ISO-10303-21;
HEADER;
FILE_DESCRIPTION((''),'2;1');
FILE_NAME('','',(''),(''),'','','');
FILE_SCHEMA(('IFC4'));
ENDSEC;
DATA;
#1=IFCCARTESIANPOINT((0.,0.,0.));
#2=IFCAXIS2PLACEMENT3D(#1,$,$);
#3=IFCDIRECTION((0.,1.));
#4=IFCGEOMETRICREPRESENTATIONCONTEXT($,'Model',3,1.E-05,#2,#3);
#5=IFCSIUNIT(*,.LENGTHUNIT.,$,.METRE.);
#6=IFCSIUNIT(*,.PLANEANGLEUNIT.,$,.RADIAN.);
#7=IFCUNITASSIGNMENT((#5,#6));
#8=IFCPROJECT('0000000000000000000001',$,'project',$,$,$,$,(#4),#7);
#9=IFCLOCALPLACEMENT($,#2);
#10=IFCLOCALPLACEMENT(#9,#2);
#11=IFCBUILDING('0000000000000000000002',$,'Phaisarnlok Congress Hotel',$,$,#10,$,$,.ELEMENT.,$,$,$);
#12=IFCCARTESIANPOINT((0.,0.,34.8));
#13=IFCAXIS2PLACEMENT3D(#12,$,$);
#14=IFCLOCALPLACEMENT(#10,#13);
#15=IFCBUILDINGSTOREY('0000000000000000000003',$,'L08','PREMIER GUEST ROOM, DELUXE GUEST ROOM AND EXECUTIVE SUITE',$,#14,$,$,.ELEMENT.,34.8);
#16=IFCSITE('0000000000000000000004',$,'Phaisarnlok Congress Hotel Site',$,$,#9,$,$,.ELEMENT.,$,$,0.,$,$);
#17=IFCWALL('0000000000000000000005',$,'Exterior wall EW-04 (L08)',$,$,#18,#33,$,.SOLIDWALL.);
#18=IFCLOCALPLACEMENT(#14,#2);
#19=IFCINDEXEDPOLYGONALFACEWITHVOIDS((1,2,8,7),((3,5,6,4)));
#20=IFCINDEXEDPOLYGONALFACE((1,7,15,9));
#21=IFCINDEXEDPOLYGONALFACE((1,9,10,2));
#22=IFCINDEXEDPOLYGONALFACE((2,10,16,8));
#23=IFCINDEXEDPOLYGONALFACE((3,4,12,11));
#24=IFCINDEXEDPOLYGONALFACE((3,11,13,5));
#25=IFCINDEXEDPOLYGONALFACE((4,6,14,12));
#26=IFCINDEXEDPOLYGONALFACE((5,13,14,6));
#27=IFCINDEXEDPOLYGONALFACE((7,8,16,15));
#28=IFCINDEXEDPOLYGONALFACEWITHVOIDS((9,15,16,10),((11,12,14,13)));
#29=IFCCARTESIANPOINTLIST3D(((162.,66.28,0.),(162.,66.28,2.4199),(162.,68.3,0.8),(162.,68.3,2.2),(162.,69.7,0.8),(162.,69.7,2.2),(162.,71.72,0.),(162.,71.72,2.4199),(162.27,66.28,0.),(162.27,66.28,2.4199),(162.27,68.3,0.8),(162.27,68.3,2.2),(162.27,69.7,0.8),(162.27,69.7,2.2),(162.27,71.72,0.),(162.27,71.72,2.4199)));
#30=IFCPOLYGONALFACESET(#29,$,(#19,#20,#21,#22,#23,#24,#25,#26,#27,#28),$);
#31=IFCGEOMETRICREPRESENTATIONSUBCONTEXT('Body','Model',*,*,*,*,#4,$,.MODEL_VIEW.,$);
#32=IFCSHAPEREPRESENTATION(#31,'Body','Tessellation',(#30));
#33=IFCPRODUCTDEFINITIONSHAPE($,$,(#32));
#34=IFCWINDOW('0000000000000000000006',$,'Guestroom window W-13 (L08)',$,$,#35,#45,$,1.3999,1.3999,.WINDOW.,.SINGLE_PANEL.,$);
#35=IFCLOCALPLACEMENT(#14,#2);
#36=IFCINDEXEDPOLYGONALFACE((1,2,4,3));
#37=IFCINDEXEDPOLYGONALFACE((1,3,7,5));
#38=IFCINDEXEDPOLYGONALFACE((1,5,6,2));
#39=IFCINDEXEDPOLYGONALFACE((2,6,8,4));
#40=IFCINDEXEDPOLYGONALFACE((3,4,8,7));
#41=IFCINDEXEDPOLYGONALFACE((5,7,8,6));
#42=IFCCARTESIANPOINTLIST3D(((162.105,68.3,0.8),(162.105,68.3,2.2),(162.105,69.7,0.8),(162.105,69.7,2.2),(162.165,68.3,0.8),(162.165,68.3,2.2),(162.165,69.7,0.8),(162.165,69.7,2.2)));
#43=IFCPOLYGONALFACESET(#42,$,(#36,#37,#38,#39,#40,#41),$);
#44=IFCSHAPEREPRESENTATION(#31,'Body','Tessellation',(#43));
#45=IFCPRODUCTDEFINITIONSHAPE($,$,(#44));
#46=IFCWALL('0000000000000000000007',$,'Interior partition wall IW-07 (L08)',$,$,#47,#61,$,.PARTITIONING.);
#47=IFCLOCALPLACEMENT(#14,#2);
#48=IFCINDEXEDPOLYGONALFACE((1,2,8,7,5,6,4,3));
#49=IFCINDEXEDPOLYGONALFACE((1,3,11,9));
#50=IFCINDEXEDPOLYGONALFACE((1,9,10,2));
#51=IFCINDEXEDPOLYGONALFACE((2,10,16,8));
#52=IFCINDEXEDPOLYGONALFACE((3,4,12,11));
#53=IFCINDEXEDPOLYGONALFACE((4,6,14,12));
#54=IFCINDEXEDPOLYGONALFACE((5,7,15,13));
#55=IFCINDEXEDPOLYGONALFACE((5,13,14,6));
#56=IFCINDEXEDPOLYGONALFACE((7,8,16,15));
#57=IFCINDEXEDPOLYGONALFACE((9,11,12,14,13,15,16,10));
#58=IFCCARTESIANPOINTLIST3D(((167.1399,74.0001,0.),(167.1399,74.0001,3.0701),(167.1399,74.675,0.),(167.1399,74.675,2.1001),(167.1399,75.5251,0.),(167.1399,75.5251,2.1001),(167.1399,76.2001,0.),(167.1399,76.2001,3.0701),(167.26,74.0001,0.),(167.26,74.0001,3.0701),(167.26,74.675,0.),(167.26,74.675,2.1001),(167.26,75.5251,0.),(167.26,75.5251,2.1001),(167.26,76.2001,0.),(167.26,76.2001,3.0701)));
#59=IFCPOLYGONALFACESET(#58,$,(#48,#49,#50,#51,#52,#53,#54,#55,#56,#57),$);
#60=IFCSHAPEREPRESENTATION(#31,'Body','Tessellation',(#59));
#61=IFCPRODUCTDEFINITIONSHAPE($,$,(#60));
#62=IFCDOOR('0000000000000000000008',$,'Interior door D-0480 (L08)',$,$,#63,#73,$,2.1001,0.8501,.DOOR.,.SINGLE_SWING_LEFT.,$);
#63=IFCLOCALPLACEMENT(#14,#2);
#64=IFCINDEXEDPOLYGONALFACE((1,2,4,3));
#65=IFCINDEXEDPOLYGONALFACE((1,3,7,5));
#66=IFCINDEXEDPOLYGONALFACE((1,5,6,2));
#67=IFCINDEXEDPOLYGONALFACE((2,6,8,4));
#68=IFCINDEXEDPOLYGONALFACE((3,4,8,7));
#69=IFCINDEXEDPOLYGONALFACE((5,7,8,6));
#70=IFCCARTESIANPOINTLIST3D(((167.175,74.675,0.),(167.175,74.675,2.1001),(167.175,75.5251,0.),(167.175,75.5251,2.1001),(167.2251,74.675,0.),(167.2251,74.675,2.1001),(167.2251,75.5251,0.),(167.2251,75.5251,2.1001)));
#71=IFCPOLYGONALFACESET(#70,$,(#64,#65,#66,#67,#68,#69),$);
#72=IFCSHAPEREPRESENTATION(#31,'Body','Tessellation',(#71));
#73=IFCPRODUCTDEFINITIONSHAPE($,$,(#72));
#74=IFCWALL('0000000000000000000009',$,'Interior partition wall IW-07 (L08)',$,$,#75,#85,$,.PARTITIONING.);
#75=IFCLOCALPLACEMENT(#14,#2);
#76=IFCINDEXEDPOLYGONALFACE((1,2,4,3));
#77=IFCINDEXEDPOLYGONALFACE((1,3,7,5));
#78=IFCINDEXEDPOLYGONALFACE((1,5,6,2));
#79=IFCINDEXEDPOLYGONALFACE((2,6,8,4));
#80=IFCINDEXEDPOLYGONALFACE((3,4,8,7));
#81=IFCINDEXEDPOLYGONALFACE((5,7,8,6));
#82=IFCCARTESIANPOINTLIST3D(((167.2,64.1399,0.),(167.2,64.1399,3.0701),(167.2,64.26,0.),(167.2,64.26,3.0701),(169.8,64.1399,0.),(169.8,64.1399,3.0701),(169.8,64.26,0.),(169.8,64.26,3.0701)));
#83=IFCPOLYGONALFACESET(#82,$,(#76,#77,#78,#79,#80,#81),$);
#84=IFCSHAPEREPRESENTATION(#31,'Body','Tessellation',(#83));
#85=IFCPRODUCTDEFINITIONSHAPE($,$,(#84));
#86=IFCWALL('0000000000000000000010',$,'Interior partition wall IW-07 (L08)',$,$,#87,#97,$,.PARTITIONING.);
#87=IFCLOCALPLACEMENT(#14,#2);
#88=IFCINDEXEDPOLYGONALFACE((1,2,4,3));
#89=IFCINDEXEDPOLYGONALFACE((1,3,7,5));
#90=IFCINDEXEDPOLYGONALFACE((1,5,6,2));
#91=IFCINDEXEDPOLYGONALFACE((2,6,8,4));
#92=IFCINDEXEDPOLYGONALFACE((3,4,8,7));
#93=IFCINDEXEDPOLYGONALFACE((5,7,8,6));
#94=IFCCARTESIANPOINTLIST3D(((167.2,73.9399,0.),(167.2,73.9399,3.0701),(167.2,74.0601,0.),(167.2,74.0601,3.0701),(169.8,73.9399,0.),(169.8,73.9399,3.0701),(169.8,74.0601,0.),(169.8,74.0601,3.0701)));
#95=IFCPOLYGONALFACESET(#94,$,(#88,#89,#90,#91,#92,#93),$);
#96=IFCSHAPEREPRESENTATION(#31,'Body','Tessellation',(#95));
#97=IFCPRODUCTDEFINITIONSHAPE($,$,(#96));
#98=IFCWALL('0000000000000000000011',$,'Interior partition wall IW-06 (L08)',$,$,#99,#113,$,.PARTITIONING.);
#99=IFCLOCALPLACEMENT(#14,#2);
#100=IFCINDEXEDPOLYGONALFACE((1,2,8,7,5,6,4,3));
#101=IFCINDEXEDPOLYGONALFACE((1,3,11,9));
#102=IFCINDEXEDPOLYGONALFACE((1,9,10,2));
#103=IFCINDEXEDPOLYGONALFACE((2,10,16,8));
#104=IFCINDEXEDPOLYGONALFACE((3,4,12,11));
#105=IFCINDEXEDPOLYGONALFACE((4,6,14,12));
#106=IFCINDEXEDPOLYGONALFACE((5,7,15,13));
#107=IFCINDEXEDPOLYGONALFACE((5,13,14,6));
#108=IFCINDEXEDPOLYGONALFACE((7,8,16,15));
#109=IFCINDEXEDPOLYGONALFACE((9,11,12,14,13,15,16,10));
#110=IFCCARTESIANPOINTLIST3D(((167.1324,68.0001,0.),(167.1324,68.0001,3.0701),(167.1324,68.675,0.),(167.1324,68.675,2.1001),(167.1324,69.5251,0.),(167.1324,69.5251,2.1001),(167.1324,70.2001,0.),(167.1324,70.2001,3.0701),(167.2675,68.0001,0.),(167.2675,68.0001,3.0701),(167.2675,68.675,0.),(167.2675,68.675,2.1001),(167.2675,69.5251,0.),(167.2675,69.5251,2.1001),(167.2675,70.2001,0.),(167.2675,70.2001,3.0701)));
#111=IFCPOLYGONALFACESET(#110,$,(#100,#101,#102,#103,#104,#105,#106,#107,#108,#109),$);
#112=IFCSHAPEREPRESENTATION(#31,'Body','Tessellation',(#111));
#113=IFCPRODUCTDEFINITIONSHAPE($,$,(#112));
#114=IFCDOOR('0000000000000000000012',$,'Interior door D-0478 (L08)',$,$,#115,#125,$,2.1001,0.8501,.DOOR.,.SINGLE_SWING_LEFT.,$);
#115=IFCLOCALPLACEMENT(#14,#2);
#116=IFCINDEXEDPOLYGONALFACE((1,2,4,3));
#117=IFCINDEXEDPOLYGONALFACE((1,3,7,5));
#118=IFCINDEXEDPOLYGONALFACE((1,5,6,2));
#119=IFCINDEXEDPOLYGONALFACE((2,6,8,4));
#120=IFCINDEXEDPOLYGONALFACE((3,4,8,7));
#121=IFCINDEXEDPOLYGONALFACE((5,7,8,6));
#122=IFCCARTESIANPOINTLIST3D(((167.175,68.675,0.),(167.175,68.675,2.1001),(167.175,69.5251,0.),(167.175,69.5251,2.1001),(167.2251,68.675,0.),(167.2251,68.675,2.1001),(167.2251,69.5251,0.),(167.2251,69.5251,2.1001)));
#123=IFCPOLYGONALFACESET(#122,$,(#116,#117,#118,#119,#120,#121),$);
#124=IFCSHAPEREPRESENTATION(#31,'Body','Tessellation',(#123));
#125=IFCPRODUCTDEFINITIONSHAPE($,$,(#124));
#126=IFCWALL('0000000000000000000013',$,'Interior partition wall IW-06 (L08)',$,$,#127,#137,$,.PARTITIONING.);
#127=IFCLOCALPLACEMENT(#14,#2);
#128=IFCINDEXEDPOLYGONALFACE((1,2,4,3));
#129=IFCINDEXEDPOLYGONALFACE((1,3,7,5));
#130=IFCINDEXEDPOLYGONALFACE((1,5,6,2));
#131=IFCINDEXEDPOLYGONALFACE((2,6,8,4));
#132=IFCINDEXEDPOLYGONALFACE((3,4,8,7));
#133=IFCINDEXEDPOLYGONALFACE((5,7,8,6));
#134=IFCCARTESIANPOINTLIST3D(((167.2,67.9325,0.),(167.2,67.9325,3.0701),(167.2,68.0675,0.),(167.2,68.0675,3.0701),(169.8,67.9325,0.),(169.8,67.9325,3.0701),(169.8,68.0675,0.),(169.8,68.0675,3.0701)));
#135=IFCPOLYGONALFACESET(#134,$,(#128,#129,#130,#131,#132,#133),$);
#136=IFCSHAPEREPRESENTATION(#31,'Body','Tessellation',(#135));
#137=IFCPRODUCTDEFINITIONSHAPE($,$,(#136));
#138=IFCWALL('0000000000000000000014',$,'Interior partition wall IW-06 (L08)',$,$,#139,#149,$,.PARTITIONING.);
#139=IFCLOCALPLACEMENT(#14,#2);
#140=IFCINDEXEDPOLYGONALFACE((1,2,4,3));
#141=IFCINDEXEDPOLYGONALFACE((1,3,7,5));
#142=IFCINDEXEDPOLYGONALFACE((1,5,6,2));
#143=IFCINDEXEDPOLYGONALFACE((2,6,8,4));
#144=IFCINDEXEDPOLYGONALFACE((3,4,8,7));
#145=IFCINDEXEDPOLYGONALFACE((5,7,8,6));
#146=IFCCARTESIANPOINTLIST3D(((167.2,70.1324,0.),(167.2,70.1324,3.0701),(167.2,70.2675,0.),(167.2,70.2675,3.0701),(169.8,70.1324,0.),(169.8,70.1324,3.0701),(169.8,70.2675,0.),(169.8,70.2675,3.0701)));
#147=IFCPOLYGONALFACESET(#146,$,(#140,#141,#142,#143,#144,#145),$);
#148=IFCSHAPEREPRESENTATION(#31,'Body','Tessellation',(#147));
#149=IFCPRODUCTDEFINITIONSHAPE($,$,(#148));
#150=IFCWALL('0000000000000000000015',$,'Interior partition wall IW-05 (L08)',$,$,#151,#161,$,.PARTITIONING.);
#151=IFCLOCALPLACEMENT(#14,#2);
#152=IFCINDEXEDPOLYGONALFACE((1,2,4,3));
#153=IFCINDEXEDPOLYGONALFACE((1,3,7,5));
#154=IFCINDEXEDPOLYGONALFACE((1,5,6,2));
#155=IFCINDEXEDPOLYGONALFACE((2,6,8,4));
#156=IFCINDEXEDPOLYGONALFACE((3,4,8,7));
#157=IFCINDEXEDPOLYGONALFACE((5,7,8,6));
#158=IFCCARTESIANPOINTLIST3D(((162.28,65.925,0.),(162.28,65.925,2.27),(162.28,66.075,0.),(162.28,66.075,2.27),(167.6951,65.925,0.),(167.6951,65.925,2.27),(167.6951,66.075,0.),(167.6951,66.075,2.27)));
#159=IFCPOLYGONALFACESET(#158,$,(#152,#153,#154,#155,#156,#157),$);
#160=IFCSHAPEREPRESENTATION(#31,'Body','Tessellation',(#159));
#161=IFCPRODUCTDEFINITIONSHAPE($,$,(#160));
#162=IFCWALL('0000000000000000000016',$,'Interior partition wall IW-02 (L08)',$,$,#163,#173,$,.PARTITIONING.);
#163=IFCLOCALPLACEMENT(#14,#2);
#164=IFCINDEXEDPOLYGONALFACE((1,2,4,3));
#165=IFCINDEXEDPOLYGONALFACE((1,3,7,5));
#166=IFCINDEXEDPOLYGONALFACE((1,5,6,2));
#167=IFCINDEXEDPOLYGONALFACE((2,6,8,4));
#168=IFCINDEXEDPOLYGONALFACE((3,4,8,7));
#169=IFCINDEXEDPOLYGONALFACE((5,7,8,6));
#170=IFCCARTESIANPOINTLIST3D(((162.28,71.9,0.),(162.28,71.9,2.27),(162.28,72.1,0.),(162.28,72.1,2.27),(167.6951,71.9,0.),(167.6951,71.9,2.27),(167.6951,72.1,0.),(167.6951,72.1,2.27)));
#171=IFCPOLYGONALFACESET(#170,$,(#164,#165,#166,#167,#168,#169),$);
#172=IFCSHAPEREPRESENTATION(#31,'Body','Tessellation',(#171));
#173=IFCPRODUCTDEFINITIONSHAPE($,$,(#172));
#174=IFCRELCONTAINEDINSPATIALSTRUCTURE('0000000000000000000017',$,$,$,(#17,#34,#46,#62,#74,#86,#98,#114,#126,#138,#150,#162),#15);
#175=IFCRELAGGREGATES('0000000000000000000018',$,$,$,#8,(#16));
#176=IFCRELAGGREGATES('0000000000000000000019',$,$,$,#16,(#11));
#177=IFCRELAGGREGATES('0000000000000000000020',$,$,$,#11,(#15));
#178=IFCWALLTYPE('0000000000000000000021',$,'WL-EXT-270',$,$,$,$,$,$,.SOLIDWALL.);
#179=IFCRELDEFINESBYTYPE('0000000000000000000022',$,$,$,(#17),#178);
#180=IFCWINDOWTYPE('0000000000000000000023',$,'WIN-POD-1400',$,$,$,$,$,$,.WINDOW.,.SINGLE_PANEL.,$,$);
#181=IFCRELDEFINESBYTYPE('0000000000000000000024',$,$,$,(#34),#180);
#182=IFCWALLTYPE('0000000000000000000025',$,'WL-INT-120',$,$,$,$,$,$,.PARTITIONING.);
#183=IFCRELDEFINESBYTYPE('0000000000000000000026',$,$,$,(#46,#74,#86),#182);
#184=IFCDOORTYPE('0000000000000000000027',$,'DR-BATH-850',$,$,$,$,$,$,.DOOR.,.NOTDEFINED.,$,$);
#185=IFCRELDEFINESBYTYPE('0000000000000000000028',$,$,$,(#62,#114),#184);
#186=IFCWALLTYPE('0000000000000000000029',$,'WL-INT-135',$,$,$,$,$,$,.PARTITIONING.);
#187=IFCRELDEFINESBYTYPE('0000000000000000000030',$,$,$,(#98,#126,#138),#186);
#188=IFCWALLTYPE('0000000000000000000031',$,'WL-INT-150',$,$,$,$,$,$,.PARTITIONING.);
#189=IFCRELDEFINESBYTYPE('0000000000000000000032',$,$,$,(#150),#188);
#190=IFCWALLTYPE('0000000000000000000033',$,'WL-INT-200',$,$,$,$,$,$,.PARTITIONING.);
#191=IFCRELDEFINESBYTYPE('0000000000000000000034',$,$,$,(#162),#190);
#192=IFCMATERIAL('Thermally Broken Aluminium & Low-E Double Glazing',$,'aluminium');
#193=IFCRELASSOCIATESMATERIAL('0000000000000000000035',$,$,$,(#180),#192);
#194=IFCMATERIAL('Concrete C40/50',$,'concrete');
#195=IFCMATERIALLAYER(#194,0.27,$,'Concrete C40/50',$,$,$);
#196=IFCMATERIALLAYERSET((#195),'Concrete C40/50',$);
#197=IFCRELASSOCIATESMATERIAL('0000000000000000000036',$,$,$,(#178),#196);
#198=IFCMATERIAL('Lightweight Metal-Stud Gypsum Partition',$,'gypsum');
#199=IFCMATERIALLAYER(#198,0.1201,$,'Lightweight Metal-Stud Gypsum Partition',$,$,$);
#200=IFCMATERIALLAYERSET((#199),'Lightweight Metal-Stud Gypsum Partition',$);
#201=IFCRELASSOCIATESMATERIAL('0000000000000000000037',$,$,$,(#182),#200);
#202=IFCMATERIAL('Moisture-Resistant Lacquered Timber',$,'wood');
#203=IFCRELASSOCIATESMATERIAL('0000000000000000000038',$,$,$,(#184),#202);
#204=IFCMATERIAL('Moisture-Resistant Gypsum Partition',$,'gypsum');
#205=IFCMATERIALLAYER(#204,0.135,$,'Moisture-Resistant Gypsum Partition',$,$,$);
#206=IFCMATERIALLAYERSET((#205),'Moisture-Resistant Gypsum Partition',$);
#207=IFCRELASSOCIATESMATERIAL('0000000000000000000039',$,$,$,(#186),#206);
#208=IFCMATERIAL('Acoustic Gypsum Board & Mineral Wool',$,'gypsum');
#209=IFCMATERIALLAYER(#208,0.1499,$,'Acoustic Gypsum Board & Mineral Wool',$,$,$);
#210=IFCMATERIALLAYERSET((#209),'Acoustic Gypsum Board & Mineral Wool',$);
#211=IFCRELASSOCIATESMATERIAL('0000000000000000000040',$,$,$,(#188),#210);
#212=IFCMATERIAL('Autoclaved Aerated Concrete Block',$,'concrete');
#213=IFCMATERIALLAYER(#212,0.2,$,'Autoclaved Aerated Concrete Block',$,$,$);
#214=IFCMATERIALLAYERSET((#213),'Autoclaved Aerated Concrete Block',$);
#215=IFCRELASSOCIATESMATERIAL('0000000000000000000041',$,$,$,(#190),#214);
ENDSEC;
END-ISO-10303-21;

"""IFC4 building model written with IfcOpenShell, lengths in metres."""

from ifc_helpers import new_model, si_unit, direction, frame, frame_2d, origin, place, context, subcontext, project, spatial, rectangle, extrude, material, layer, layer_set, type_object, element, fill, save


model = new_model("IFC4")

# Units and contexts
model_context = context("Model", 3, precision=1e-05, world=origin(), true_north=direction((0.0, 1.0)))
body_context = subcontext(model_context, "Body", "Model", "MODEL_VIEW")
ifc_project = project(units=[si_unit("LENGTHUNIT", "METRE"), si_unit("PLANEANGLEUNIT", "RADIAN")], contexts=[model_context])

# Site, building, storey
site_placement = place(None, origin())
site = spatial("IfcSite", under=ifc_project, at=site_placement, Name="Phaisarnlok Congress Hotel Site", CompositionType="ELEMENT", RefElevation=0.0)
building_placement = place(site_placement, origin())
building = spatial("IfcBuilding", under=site, at=building_placement, Name="Phaisarnlok Congress Hotel", CompositionType="ELEMENT")
storey_placement = place(building_placement, frame((0.0, 0.0, 34.8)))
storey = spatial("IfcBuildingStorey", under=building, at=storey_placement, Name="L08", Description="PREMIER GUEST ROOM, DELUXE GUEST ROOM AND EXECUTIVE SUITE", CompositionType="ELEMENT", Elevation=34.8)

# Shared definitions
ifc_material_1 = material(Name="Concrete C40/50", Category="concrete")

# Wall, opening, window
ifc_material_2 = material(Name="Thermally Broken Aluminium & Low-E Double Glazing", Category="aluminium")
window_type = type_object("IfcWindowType", Name="WIN-POD-1400", PartitioningType="SINGLE_PANEL", PredefinedType="WINDOW", material=ifc_material_2)
ifc_layer_1 = layer(ifc_material_1, 0.27, Name="Concrete C40/50")
ifc_layer_set_1 = layer_set([ifc_layer_1], Name="Concrete C40/50")
wall_type_1 = type_object("IfcWallType", Name="WL-EXT-270", PredefinedType="SOLIDWALL", material=ifc_layer_set_1)
wall_1_placement = place(storey_placement, frame((162.135, 71.72, 0.0), z_axis=(0.0, 0.0, 1.0), x_axis=(0.0, -1.0, 0.0)))
wall_1 = element("IfcWall", 1, at=wall_1_placement, inside=storey, type_object=wall_type_1, Name="Exterior wall EW-04 (L08)", PredefinedType="SOLIDWALL", context=body_context, shape_type="SweptSolid", body=[
    extrude(rectangle(XDim=5.4399, YDim=0.27, at=frame_2d((2.72, 0.0))), origin(), (0.0, 0.0, 1.0), 2.4199),
])
opening_1_placement = place(wall_1_placement, frame((2.02, 0.0, 0.8)))
opening_1 = element("IfcOpeningElement", 2, at=opening_1_placement, cuts=wall_1, PredefinedType="OPENING", context=body_context, shape_type="SweptSolid", body=[
    extrude(rectangle(XDim=1.3999, YDim=1.3999, at=frame_2d((0.7, 0.7))), frame((0.0, 0.145, 0.0), z_axis=(0.0, -1.0, 0.0), x_axis=(1.0, 0.0, 0.0)), (0.0, 0.0, 1.0), 0.29),
])
window_1_placement = place(opening_1_placement, origin())
window_1 = element("IfcWindow", 3, at=window_1_placement, inside=storey, type_object=window_type, Name="Guestroom window W-13 (L08)", OverallHeight=1.3999, OverallWidth=1.3999, PartitioningType="SINGLE_PANEL", PredefinedType="WINDOW", context=body_context, shape_type="SweptSolid", body=[
    extrude(rectangle(XDim=1.3999, YDim=1.3999, at=frame_2d((0.7, 0.7))), frame((0.0, 0.03, 0.0), z_axis=(0.0, -1.0, 0.0), x_axis=(1.0, 0.0, 0.0)), (0.0, 0.0, 1.0), 0.0601),
])
fill(opening_1, window_1)

# Wall, opening, door
ifc_material_3 = material(Name="Lightweight Metal-Stud Gypsum Partition", Category="gypsum")
ifc_layer_2 = layer(ifc_material_3, 0.1201, Name="Lightweight Metal-Stud Gypsum Partition")
ifc_layer_set_2 = layer_set([ifc_layer_2], Name="Lightweight Metal-Stud Gypsum Partition")
wall_type_2 = type_object("IfcWallType", Name="WL-INT-120", PredefinedType="PARTITIONING", material=ifc_layer_set_2)
wall_2_placement = place(storey_placement, frame((167.2, 74.0, 0.0), z_axis=(0.0, 0.0, 1.0), x_axis=(0.0, 1.0, 0.0)))
wall_2 = element("IfcWall", 4, at=wall_2_placement, inside=storey, type_object=wall_type_2, Name="Interior partition wall IW-07 (L08)", PredefinedType="PARTITIONING", context=body_context, shape_type="SweptSolid", body=[
    extrude(rectangle(XDim=2.2, YDim=0.1201, at=frame_2d((1.1001, 0.0))), origin(), (0.0, 0.0, 1.0), 3.0701),
])
opening_2_placement = place(wall_2_placement, frame((0.675, 0.0, 0.0)))
opening_2 = element("IfcOpeningElement", 5, at=opening_2_placement, cuts=wall_2, PredefinedType="OPENING", context=body_context, shape_type="SweptSolid", body=[
    extrude(rectangle(XDim=0.8501, YDim=2.1001, at=frame_2d((0.425, 1.05))), frame((0.0, 0.0701, 0.0), z_axis=(0.0, -1.0, 0.0), x_axis=(1.0, 0.0, 0.0)), (0.0, 0.0, 1.0), 0.1401),
])
ifc_material_4 = material(Name="Moisture-Resistant Lacquered Timber", Category="wood")
door_type = type_object("IfcDoorType", Name="DR-BATH-850", OperationType="NOTDEFINED", PredefinedType="DOOR", material=ifc_material_4)
door_1_placement = place(opening_2_placement, origin())
door_1 = element("IfcDoor", 6, at=door_1_placement, inside=storey, type_object=door_type, Name="Interior door D-0480 (L08)", OperationType="SINGLE_SWING_LEFT", OverallHeight=2.1001, OverallWidth=0.8501, PredefinedType="DOOR", context=body_context, shape_type="SweptSolid", body=[
    extrude(rectangle(XDim=0.8501, YDim=2.1001, at=frame_2d((0.425, 1.05))), frame((0.0, 0.0249, 0.0), z_axis=(0.0, -1.0, 0.0), x_axis=(1.0, 0.0, 0.0)), (0.0, 0.0, 1.0), 0.05),
])
fill(opening_2, door_1)

# Walls
for number, where, z_axis, x_axis, name in (
    (7, (167.2, 64.2, 0.0), (0.0, 0.0, 1.0), (1.0, 0.0, 0.0), "Interior partition wall IW-07 (L08)"),
    (8, (167.2, 74.0, 0.0), (0.0, 0.0, 1.0), (1.0, 0.0, 0.0), "Interior partition wall IW-07 (L08)"),
):
    element("IfcWall", number, at=place(storey_placement, frame(where, z_axis=z_axis, x_axis=x_axis)), inside=storey, type_object=wall_type_2, Name=name, PredefinedType="PARTITIONING", context=body_context, shape_type="SweptSolid", body=[
        extrude(rectangle(XDim=2.6001, YDim=0.1201, at=frame_2d((1.3, 0.0))), origin(), (0.0, 0.0, 1.0), 3.0701),
    ])

# Wall, opening, door
ifc_material_5 = material(Name="Moisture-Resistant Gypsum Partition", Category="gypsum")
ifc_layer_3 = layer(ifc_material_5, 0.135, Name="Moisture-Resistant Gypsum Partition")
ifc_layer_set_3 = layer_set([ifc_layer_3], Name="Moisture-Resistant Gypsum Partition")
wall_type_3 = type_object("IfcWallType", Name="WL-INT-135", PredefinedType="PARTITIONING", material=ifc_layer_set_3)
wall_3_placement = place(storey_placement, frame((167.2, 68.0, 0.0), z_axis=(0.0, 0.0, 1.0), x_axis=(0.0, 1.0, 0.0)))
wall_3 = element("IfcWall", 9, at=wall_3_placement, inside=storey, type_object=wall_type_3, Name="Interior partition wall IW-06 (L08)", PredefinedType="PARTITIONING", context=body_context, shape_type="SweptSolid", body=[
    extrude(rectangle(XDim=2.2, YDim=0.135, at=frame_2d((1.1001, 0.0))), origin(), (0.0, 0.0, 1.0), 3.0701),
])
opening_3_placement = place(wall_3_placement, frame((0.675, 0.0, 0.0)))
opening_3 = element("IfcOpeningElement", 10, at=opening_3_placement, cuts=wall_3, PredefinedType="OPENING", context=body_context, shape_type="SweptSolid", body=[
    extrude(rectangle(XDim=0.8501, YDim=2.1001, at=frame_2d((0.425, 1.05))), frame((0.0, 0.0776, 0.0), z_axis=(0.0, -1.0, 0.0), x_axis=(1.0, 0.0, 0.0)), (0.0, 0.0, 1.0), 0.155),
])
door_2_placement = place(opening_3_placement, origin())
door_2 = element("IfcDoor", 11, at=door_2_placement, inside=storey, type_object=door_type, Name="Interior door D-0478 (L08)", OperationType="SINGLE_SWING_LEFT", OverallHeight=2.1001, OverallWidth=0.8501, PredefinedType="DOOR", context=body_context, shape_type="SweptSolid", body=[
    extrude(rectangle(XDim=0.8501, YDim=2.1001, at=frame_2d((0.425, 1.05))), frame((0.0, 0.0249, 0.0), z_axis=(0.0, -1.0, 0.0), x_axis=(1.0, 0.0, 0.0)), (0.0, 0.0, 1.0), 0.05),
])
fill(opening_3, door_2)

# Walls
for number, where, z_axis, x_axis, name in (
    (12, (167.2, 68.0, 0.0), (0.0, 0.0, 1.0), (1.0, 0.0, 0.0), "Interior partition wall IW-06 (L08)"),
    (13, (167.2, 70.2, 0.0), (0.0, 0.0, 1.0), (1.0, 0.0, 0.0), "Interior partition wall IW-06 (L08)"),
):
    element("IfcWall", number, at=place(storey_placement, frame(where, z_axis=z_axis, x_axis=x_axis)), inside=storey, type_object=wall_type_3, Name=name, PredefinedType="PARTITIONING", context=body_context, shape_type="SweptSolid", body=[
        extrude(rectangle(XDim=2.6001, YDim=0.135, at=frame_2d((1.3, 0.0))), origin(), (0.0, 0.0, 1.0), 3.0701),
    ])
ifc_material_6 = material(Name="Acoustic Gypsum Board & Mineral Wool", Category="gypsum")
ifc_layer_4 = layer(ifc_material_6, 0.1499, Name="Acoustic Gypsum Board & Mineral Wool")
ifc_layer_set_4 = layer_set([ifc_layer_4], Name="Acoustic Gypsum Board & Mineral Wool")
wall_type_4 = type_object("IfcWallType", Name="WL-INT-150", PredefinedType="PARTITIONING", material=ifc_layer_set_4)
wall_4_placement = place(storey_placement, frame((162.28, 66.0, 0.0), z_axis=(0.0, 0.0, 1.0), x_axis=(1.0, 0.0, 0.0)))
element("IfcWall", 14, at=wall_4_placement, inside=storey, type_object=wall_type_4, Name="Interior partition wall IW-05 (L08)", PredefinedType="PARTITIONING", context=body_context, shape_type="SweptSolid", body=[
    extrude(rectangle(XDim=5.415, YDim=0.1499, at=frame_2d((2.7075, 0.0))), origin(), (0.0, 0.0, 1.0), 2.27),
])
ifc_material_7 = material(Name="Autoclaved Aerated Concrete Block", Category="concrete")
ifc_layer_5 = layer(ifc_material_7, 0.2, Name="Autoclaved Aerated Concrete Block")
ifc_layer_set_5 = layer_set([ifc_layer_5], Name="Autoclaved Aerated Concrete Block")
wall_type_5 = type_object("IfcWallType", Name="WL-INT-200", PredefinedType="PARTITIONING", material=ifc_layer_set_5)
wall_5_placement = place(storey_placement, frame((162.28, 72.0, 0.0), z_axis=(0.0, 0.0, 1.0), x_axis=(1.0, 0.0, 0.0)))
element("IfcWall", 15, at=wall_5_placement, inside=storey, type_object=wall_type_5, Name="Interior partition wall IW-02 (L08)", PredefinedType="PARTITIONING", context=body_context, shape_type="SweptSolid", body=[
    extrude(rectangle(XDim=5.415, YDim=0.2, at=frame_2d((2.7075, 0.0))), origin(), (0.0, 0.0, 1.0), 2.27),
])

save(model, "model.ifc")
